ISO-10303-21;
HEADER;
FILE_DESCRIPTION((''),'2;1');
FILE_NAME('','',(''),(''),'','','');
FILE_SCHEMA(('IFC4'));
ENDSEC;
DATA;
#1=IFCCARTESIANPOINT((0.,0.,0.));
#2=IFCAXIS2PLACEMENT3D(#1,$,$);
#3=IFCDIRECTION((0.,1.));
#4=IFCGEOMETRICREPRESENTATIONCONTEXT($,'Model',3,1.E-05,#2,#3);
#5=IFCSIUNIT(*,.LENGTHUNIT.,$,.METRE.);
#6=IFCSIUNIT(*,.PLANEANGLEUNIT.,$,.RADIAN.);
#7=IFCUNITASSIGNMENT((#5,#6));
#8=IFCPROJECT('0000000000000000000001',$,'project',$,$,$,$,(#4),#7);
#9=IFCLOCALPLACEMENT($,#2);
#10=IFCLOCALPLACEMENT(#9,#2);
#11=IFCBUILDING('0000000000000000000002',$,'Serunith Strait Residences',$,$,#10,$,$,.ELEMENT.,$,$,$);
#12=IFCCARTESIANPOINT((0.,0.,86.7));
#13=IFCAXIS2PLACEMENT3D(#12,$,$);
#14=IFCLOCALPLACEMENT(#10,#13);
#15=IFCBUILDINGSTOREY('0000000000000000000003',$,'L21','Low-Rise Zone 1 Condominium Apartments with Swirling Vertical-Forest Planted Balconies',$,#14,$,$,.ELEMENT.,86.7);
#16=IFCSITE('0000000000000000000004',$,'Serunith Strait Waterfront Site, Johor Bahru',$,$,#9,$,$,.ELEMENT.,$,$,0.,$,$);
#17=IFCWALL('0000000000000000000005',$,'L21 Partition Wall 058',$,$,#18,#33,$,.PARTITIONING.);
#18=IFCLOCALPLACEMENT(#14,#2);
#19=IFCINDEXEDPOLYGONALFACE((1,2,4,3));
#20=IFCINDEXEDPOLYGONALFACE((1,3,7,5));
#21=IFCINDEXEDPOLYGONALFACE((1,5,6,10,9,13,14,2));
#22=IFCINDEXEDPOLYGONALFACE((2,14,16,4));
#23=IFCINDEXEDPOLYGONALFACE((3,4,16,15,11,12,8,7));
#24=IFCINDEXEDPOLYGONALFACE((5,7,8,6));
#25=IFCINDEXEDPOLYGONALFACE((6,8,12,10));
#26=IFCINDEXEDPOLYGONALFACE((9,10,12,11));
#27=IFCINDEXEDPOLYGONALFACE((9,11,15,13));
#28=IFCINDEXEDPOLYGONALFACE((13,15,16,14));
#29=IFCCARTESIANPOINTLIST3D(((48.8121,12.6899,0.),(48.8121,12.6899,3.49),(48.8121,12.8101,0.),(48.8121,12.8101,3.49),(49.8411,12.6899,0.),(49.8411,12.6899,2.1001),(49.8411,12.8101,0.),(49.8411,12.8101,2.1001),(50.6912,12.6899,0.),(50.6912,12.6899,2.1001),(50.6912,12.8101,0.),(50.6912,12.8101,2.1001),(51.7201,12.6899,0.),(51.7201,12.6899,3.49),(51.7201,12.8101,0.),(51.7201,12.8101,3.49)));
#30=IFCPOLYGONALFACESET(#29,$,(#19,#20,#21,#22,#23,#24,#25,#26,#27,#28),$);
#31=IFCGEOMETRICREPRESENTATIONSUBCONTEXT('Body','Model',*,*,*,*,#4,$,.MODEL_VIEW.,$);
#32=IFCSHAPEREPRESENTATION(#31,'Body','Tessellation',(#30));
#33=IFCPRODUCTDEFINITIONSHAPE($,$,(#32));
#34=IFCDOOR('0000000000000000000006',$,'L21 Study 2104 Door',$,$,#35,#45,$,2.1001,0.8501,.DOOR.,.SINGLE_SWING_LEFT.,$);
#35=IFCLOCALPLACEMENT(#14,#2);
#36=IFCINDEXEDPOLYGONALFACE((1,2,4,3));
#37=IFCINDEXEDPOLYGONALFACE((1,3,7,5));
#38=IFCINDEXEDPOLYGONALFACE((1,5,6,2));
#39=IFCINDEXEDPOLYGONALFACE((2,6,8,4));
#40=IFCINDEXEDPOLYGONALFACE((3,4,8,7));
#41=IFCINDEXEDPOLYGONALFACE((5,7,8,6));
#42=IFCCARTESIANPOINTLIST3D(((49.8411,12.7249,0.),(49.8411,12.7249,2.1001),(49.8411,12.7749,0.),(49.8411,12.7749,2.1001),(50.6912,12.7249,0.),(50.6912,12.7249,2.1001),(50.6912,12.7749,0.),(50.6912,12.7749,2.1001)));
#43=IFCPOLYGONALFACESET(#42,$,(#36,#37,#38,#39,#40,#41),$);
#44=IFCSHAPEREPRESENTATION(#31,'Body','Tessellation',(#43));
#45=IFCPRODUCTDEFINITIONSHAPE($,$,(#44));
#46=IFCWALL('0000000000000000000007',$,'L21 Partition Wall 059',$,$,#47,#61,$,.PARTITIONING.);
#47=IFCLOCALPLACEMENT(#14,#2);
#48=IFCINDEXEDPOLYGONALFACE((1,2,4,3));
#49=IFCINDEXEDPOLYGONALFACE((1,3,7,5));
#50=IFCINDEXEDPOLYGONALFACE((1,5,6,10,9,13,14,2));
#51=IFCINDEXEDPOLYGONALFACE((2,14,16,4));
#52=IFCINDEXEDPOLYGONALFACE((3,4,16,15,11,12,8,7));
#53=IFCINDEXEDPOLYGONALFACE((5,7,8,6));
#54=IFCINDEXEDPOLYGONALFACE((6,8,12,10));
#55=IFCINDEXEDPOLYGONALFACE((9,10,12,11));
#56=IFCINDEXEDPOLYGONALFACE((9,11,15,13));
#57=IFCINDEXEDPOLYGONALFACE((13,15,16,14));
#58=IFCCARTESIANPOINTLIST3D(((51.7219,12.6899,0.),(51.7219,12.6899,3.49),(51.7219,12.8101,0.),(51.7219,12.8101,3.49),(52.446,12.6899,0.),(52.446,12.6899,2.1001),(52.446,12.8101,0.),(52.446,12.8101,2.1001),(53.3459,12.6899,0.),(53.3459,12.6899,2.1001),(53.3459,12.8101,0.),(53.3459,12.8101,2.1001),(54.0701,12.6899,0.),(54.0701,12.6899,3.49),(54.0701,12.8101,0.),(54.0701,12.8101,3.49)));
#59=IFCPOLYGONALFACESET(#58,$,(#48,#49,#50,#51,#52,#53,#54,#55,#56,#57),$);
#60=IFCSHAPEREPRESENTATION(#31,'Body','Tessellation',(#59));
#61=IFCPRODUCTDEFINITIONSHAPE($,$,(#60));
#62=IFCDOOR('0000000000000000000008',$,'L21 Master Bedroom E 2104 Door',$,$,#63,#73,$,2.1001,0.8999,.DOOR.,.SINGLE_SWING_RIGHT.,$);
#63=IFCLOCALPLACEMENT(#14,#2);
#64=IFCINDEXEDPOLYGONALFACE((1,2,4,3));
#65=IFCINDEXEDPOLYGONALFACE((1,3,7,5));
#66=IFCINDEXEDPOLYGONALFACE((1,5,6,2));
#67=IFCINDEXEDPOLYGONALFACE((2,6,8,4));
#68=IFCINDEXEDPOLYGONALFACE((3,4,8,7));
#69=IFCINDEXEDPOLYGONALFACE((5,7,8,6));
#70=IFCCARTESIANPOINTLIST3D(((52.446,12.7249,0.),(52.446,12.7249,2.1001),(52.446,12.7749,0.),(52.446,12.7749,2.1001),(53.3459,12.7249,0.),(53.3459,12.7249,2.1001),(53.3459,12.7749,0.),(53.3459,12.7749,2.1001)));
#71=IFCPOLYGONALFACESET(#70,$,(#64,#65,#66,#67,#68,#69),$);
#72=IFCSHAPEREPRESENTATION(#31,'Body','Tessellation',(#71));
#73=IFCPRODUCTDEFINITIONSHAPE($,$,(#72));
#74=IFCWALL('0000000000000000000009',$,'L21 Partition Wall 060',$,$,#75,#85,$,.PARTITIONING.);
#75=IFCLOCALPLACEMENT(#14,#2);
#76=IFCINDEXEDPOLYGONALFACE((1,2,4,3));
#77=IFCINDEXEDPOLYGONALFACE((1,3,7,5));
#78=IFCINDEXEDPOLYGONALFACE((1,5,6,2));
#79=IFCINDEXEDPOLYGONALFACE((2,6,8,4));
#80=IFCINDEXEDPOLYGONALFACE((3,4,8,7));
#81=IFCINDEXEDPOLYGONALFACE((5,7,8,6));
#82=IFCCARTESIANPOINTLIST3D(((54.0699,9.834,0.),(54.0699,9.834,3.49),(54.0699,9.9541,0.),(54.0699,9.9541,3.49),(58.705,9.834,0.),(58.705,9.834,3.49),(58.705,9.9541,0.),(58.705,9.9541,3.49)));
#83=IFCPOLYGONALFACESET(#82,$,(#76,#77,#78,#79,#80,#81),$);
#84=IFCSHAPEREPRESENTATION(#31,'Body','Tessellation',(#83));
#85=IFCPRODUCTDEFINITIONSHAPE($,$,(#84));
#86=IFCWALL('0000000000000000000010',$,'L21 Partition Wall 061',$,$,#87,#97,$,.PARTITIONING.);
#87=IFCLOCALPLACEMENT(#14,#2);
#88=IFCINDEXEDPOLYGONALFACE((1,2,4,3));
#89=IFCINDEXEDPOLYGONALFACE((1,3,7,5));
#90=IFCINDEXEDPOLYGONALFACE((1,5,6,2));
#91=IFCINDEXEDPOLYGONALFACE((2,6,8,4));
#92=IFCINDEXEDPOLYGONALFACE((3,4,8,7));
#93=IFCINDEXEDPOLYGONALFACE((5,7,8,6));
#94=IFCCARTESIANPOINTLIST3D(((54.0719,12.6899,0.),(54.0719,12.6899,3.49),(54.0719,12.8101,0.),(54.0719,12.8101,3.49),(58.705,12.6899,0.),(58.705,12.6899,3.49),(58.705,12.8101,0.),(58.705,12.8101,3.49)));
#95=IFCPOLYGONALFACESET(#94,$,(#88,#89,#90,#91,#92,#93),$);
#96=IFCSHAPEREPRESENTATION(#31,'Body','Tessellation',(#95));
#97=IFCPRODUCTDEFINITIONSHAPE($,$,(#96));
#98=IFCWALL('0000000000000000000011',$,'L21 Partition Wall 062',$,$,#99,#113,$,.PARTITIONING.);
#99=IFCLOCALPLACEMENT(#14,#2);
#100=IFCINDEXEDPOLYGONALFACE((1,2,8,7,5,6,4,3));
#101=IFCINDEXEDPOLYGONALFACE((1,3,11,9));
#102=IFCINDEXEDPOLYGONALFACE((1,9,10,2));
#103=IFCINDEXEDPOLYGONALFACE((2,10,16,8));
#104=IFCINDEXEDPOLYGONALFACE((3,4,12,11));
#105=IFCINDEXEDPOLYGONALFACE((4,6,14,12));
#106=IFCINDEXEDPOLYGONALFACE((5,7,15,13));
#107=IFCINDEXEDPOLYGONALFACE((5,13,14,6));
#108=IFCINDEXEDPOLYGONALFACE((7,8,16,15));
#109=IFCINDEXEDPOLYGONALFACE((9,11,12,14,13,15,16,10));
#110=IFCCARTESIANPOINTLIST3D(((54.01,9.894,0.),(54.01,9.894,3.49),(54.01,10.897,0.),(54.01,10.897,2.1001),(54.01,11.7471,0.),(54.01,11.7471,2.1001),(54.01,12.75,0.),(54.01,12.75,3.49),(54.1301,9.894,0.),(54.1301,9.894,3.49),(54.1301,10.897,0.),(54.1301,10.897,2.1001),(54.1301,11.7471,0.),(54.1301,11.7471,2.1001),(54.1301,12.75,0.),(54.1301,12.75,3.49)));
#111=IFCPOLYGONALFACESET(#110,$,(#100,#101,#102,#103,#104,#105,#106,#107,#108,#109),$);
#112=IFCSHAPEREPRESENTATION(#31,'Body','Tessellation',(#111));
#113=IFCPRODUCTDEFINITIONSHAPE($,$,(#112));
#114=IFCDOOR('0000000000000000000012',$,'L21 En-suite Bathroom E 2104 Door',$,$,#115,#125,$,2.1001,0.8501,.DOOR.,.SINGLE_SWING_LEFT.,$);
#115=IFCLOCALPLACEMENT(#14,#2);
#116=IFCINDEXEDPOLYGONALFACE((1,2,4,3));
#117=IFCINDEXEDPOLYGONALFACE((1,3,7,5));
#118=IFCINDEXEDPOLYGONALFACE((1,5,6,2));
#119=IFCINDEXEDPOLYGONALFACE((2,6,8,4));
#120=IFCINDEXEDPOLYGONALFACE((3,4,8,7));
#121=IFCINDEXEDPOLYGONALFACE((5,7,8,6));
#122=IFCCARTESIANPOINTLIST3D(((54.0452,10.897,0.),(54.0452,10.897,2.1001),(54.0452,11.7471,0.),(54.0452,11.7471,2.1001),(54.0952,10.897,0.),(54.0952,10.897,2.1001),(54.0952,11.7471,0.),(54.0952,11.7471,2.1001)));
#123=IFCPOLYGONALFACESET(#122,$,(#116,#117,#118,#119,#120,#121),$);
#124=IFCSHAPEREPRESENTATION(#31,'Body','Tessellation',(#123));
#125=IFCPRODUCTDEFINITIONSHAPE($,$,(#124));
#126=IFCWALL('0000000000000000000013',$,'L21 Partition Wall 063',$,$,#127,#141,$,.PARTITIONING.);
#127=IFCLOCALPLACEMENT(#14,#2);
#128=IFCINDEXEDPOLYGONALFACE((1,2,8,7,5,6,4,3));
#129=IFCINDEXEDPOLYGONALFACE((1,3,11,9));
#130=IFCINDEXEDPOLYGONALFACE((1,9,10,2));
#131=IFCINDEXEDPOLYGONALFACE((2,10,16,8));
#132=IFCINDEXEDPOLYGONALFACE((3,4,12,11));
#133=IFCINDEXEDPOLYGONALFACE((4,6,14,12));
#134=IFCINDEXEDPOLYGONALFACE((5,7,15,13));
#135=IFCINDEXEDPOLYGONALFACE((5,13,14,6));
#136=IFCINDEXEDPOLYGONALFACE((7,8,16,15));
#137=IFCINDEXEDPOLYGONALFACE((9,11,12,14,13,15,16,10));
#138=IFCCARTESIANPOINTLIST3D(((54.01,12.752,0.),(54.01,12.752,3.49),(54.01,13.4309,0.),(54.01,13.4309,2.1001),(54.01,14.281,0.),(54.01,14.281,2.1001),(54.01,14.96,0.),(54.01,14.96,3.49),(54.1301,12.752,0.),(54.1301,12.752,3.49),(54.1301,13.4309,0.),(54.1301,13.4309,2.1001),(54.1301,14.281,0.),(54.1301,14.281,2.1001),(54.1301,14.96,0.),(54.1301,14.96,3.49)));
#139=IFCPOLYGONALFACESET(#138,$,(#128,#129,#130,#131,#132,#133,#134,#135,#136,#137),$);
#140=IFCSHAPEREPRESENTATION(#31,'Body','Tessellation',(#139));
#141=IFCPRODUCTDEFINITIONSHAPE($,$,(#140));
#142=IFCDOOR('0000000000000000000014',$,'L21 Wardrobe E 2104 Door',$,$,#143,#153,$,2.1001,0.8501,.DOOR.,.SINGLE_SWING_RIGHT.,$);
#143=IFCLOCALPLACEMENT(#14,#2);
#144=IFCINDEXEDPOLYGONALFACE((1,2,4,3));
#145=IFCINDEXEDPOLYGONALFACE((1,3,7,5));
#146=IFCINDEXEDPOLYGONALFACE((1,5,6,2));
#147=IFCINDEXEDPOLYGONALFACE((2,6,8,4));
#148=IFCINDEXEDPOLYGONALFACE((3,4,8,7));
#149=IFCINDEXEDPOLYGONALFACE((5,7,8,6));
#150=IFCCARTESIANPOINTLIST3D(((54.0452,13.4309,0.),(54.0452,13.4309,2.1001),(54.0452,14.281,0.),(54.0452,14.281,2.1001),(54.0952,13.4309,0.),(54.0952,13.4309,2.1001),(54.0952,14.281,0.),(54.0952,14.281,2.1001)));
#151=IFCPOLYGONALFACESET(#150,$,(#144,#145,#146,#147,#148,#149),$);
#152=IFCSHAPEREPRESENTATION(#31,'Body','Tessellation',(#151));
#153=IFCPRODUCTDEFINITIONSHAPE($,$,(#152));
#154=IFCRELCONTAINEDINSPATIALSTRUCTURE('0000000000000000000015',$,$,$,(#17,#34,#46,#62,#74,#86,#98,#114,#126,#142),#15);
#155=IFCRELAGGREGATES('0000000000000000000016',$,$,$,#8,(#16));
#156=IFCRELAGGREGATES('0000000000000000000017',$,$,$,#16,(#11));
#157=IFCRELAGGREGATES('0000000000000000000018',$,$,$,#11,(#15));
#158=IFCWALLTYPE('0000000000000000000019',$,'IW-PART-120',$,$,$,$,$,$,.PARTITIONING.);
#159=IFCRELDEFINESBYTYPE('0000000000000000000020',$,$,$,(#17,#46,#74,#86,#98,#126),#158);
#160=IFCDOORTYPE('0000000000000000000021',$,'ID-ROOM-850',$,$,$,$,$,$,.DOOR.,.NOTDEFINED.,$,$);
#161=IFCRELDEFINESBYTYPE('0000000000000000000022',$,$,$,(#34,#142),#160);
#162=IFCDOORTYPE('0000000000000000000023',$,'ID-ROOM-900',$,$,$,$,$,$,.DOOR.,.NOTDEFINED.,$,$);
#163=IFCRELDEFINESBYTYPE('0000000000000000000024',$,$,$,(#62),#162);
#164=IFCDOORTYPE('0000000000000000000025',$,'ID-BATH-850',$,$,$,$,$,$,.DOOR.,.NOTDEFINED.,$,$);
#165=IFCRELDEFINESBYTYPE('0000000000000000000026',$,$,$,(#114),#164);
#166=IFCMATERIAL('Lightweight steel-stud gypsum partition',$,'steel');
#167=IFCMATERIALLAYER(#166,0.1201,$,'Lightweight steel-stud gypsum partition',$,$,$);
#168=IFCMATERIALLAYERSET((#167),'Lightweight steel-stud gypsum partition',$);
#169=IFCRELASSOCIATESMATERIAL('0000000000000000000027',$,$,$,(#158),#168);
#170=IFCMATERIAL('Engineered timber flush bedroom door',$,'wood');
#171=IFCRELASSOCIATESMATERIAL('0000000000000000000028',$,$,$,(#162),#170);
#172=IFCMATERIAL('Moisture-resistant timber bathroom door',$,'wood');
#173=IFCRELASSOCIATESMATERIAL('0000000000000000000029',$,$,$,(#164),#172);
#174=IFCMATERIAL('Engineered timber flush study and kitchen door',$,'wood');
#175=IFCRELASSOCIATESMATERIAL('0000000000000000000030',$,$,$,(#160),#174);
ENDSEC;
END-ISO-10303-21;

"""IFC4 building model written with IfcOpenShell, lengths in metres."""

from ifc_helpers import new_model, si_unit, direction, frame, frame_2d, origin, place, context, subcontext, project, spatial, rectangle, extrude, source, transform, mapped, material, layer, layer_set, type_object, element, fill, save


model = new_model("IFC4")

# Units and contexts
model_context = context("Model", 3, precision=1e-05, world=origin(), true_north=direction((0.0, 1.0)))
body_context = subcontext(model_context, "Body", "Model", "MODEL_VIEW")
ifc_project = project(units=[si_unit("LENGTHUNIT", "METRE"), si_unit("PLANEANGLEUNIT", "RADIAN")], contexts=[model_context])

# Site, building, storey
site_placement = place(None, origin())
site = spatial("IfcSite", under=ifc_project, at=site_placement, Name="Serunith Strait Waterfront Site, Johor Bahru", CompositionType="ELEMENT", RefElevation=0.0)
building_placement = place(site_placement, origin())
building = spatial("IfcBuilding", under=site, at=building_placement, Name="Serunith Strait Residences", CompositionType="ELEMENT")
storey_placement = place(building_placement, frame((0.0, 0.0, 86.7)))
storey = spatial("IfcBuildingStorey", under=building, at=storey_placement, Name="L21", Description="Low-Rise Zone 1 Condominium Apartments with Swirling Vertical-Forest Planted Balconies", CompositionType="ELEMENT", Elevation=86.7)

# Walls, openings, doors
ifc_material_1 = material(Name="Lightweight steel-stud gypsum partition", Category="steel")
ifc_layer_1 = layer(ifc_material_1, 0.1201, Name="Lightweight steel-stud gypsum partition")
ifc_layer_set_1 = layer_set([ifc_layer_1], Name="Lightweight steel-stud gypsum partition")
wall_type = type_object("IfcWallType", Name="IW-PART-120", PredefinedType="PARTITIONING", material=ifc_layer_set_1)
ifc_material_2 = material(Name="Engineered timber flush bedroom door", Category="wood")
door_type_1 = type_object("IfcDoorType", Name="ID-ROOM-900", OperationType="NOTDEFINED", PredefinedType="DOOR", material=ifc_material_2)
shared_shape_1 = source(origin(), body_context, "Body", "SweptSolid", [
    extrude(rectangle(XDim=0.8999, YDim=2.1001, at=frame_2d((0.45, 1.05))), frame((0.0, 0.0249, 0.0), z_axis=(0.0, -1.0, 0.0), x_axis=(1.0, 0.0, 0.0)), (0.0, 0.0, 1.0), 0.05),
])
ifc_material_3 = material(Name="Moisture-resistant timber bathroom door", Category="wood")
door_type_2 = type_object("IfcDoorType", Name="ID-BATH-850", OperationType="NOTDEFINED", PredefinedType="DOOR", material=ifc_material_3)
shared_shape_2 = source(origin(), body_context, "Body", "SweptSolid", [
    extrude(rectangle(XDim=0.8501, YDim=2.1001, at=frame_2d((0.425, 1.05))), frame((0.0, 0.0249, 0.0), z_axis=(0.0, -1.0, 0.0), x_axis=(1.0, 0.0, 0.0)), (0.0, 0.0, 1.0), 0.05),
])
wall_1_placement = place(storey_placement, frame((48.812, 12.75, 0.0), z_axis=(0.0, 0.0, 1.0), x_axis=(1.0, 0.0, 0.0)))
wall_1 = element("IfcWall", 1, at=wall_1_placement, inside=storey, type_object=wall_type, Name="L21 Partition Wall 058", PredefinedType="PARTITIONING", context=body_context, shape_type="SweptSolid", body=[
    extrude(rectangle(XDim=2.908, YDim=0.1201, at=frame_2d((1.4541, 0.0))), origin(), (0.0, 0.0, 1.0), 3.49),
])
opening_1_placement = place(wall_1_placement, frame((1.0291, 0.0, 0.0)))
opening_1 = element("IfcOpeningElement", 2, at=opening_1_placement, cuts=wall_1, PredefinedType="OPENING", context=body_context, shape_type="SweptSolid", body=[
    extrude(rectangle(XDim=0.8501, YDim=2.1001, at=frame_2d((0.425, 1.05))), frame((0.0, 0.0701, 0.0), z_axis=(0.0, -1.0, 0.0), x_axis=(1.0, 0.0, 0.0)), (0.0, 0.0, 1.0), 0.1401),
])
ifc_material_4 = material(Name="Engineered timber flush study and kitchen door", Category="wood")
door_type_3 = type_object("IfcDoorType", Name="ID-ROOM-850", OperationType="NOTDEFINED", PredefinedType="DOOR", material=ifc_material_4)
door_1_placement = place(opening_1_placement, origin())
door_1 = element("IfcDoor", 3, at=door_1_placement, inside=storey, type_object=door_type_3, Name="L21 Study 2104 Door", OperationType="SINGLE_SWING_LEFT", OverallHeight=2.1001, OverallWidth=0.8501, PredefinedType="DOOR", context=body_context, shape_type="MappedRepresentation", body=[
    mapped(shared_shape_2, transform((0.0, 0.0, 0.0), scale=1.0)),
])
fill(opening_1, door_1)
wall_2_placement = place(storey_placement, frame((51.7219, 12.75, 0.0), z_axis=(0.0, 0.0, 1.0), x_axis=(1.0, 0.0, 0.0)))
wall_2 = element("IfcWall", 4, at=wall_2_placement, inside=storey, type_object=wall_type, Name="L21 Partition Wall 059", PredefinedType="PARTITIONING", context=body_context, shape_type="SweptSolid", body=[
    extrude(rectangle(XDim=2.3481, YDim=0.1201, at=frame_2d((1.1741, 0.0))), origin(), (0.0, 0.0, 1.0), 3.49),
])
opening_2_placement = place(wall_2_placement, frame((0.7241, 0.0, 0.0)))
opening_2 = element("IfcOpeningElement", 5, at=opening_2_placement, cuts=wall_2, PredefinedType="OPENING", context=body_context, shape_type="SweptSolid", body=[
    extrude(rectangle(XDim=0.8999, YDim=2.1001, at=frame_2d((0.45, 1.05))), frame((0.0, 0.0701, 0.0), z_axis=(0.0, -1.0, 0.0), x_axis=(1.0, 0.0, 0.0)), (0.0, 0.0, 1.0), 0.1401),
])
door_2_placement = place(opening_2_placement, origin())
door_2 = element("IfcDoor", 6, at=door_2_placement, inside=storey, type_object=door_type_1, Name="L21 Master Bedroom E 2104 Door", OperationType="SINGLE_SWING_RIGHT", OverallHeight=2.1001, OverallWidth=0.8999, PredefinedType="DOOR", context=body_context, shape_type="MappedRepresentation", body=[
    mapped(shared_shape_1, transform((0.0, 0.0, 0.0), scale=1.0)),
])
fill(opening_2, door_2)

# Walls
wall_3_placement = place(storey_placement, frame((54.0701, 9.894, 0.0), z_axis=(0.0, 0.0, 1.0), x_axis=(1.0, 0.0, 0.0)))
element("IfcWall", 7, at=wall_3_placement, inside=storey, type_object=wall_type, Name="L21 Partition Wall 060", PredefinedType="PARTITIONING", context=body_context, shape_type="SweptSolid", body=[
    extrude(rectangle(XDim=4.635, YDim=0.1201, at=frame_2d((2.3174, 0.0))), origin(), (0.0, 0.0, 1.0), 3.49),
])
wall_4_placement = place(storey_placement, frame((54.072, 12.75, 0.0), z_axis=(0.0, 0.0, 1.0), x_axis=(1.0, 0.0, 0.0)))
element("IfcWall", 8, at=wall_4_placement, inside=storey, type_object=wall_type, Name="L21 Partition Wall 061", PredefinedType="PARTITIONING", context=body_context, shape_type="SweptSolid", body=[
    extrude(rectangle(XDim=4.6331, YDim=0.1201, at=frame_2d((2.3164, 0.0))), origin(), (0.0, 0.0, 1.0), 3.49),
])

# Walls, openings, doors
wall_5_placement = place(storey_placement, frame((54.0701, 9.894, 0.0), z_axis=(0.0, 0.0, 1.0), x_axis=(0.0, 1.0, 0.0)))
wall_5 = element("IfcWall", 9, at=wall_5_placement, inside=storey, type_object=wall_type, Name="L21 Partition Wall 062", PredefinedType="PARTITIONING", context=body_context, shape_type="SweptSolid", body=[
    extrude(rectangle(XDim=2.856, YDim=0.1201, at=frame_2d((1.428, 0.0))), origin(), (0.0, 0.0, 1.0), 3.49),
])
opening_3_placement = place(wall_5_placement, frame((1.0029, 0.0, 0.0)))
opening_3 = element("IfcOpeningElement", 10, at=opening_3_placement, cuts=wall_5, PredefinedType="OPENING", context=body_context, shape_type="SweptSolid", body=[
    extrude(rectangle(XDim=0.8501, YDim=2.1001, at=frame_2d((0.425, 1.05))), frame((0.0, 0.0701, 0.0), z_axis=(0.0, -1.0, 0.0), x_axis=(1.0, 0.0, 0.0)), (0.0, 0.0, 1.0), 0.1401),
])
door_3_placement = place(opening_3_placement, origin())
door_3 = element("IfcDoor", 11, at=door_3_placement, inside=storey, type_object=door_type_2, Name="L21 En-suite Bathroom E 2104 Door", OperationType="SINGLE_SWING_LEFT", OverallHeight=2.1001, OverallWidth=0.8501, PredefinedType="DOOR", context=body_context, shape_type="MappedRepresentation", body=[
    mapped(shared_shape_2, transform((0.0, 0.0, 0.0), scale=1.0)),
])
fill(opening_3, door_3)
wall_6_placement = place(storey_placement, frame((54.0701, 12.752, 0.0), z_axis=(0.0, 0.0, 1.0), x_axis=(0.0, 1.0, 0.0)))
wall_6 = element("IfcWall", 12, at=wall_6_placement, inside=storey, type_object=wall_type, Name="L21 Partition Wall 063", PredefinedType="PARTITIONING", context=body_context, shape_type="SweptSolid", body=[
    extrude(rectangle(XDim=2.208, YDim=0.1201, at=frame_2d((1.104, 0.0))), origin(), (0.0, 0.0, 1.0), 3.49),
])
opening_4_placement = place(wall_6_placement, frame((0.679, 0.0, 0.0)))
opening_4 = element("IfcOpeningElement", 13, at=opening_4_placement, cuts=wall_6, PredefinedType="OPENING", context=body_context, shape_type="SweptSolid", body=[
    extrude(rectangle(XDim=0.8501, YDim=2.1001, at=frame_2d((0.425, 1.05))), frame((0.0, 0.0701, 0.0), z_axis=(0.0, -1.0, 0.0), x_axis=(1.0, 0.0, 0.0)), (0.0, 0.0, 1.0), 0.1401),
])
door_4_placement = place(opening_4_placement, origin())
door_4 = element("IfcDoor", 14, at=door_4_placement, inside=storey, type_object=door_type_3, Name="L21 Wardrobe E 2104 Door", OperationType="SINGLE_SWING_RIGHT", OverallHeight=2.1001, OverallWidth=0.8501, PredefinedType="DOOR", context=body_context, shape_type="MappedRepresentation", body=[
    mapped(shared_shape_2, transform((0.0, 0.0, 0.0), scale=1.0)),
])
fill(opening_4, door_4)

save(model, "model.ifc")
